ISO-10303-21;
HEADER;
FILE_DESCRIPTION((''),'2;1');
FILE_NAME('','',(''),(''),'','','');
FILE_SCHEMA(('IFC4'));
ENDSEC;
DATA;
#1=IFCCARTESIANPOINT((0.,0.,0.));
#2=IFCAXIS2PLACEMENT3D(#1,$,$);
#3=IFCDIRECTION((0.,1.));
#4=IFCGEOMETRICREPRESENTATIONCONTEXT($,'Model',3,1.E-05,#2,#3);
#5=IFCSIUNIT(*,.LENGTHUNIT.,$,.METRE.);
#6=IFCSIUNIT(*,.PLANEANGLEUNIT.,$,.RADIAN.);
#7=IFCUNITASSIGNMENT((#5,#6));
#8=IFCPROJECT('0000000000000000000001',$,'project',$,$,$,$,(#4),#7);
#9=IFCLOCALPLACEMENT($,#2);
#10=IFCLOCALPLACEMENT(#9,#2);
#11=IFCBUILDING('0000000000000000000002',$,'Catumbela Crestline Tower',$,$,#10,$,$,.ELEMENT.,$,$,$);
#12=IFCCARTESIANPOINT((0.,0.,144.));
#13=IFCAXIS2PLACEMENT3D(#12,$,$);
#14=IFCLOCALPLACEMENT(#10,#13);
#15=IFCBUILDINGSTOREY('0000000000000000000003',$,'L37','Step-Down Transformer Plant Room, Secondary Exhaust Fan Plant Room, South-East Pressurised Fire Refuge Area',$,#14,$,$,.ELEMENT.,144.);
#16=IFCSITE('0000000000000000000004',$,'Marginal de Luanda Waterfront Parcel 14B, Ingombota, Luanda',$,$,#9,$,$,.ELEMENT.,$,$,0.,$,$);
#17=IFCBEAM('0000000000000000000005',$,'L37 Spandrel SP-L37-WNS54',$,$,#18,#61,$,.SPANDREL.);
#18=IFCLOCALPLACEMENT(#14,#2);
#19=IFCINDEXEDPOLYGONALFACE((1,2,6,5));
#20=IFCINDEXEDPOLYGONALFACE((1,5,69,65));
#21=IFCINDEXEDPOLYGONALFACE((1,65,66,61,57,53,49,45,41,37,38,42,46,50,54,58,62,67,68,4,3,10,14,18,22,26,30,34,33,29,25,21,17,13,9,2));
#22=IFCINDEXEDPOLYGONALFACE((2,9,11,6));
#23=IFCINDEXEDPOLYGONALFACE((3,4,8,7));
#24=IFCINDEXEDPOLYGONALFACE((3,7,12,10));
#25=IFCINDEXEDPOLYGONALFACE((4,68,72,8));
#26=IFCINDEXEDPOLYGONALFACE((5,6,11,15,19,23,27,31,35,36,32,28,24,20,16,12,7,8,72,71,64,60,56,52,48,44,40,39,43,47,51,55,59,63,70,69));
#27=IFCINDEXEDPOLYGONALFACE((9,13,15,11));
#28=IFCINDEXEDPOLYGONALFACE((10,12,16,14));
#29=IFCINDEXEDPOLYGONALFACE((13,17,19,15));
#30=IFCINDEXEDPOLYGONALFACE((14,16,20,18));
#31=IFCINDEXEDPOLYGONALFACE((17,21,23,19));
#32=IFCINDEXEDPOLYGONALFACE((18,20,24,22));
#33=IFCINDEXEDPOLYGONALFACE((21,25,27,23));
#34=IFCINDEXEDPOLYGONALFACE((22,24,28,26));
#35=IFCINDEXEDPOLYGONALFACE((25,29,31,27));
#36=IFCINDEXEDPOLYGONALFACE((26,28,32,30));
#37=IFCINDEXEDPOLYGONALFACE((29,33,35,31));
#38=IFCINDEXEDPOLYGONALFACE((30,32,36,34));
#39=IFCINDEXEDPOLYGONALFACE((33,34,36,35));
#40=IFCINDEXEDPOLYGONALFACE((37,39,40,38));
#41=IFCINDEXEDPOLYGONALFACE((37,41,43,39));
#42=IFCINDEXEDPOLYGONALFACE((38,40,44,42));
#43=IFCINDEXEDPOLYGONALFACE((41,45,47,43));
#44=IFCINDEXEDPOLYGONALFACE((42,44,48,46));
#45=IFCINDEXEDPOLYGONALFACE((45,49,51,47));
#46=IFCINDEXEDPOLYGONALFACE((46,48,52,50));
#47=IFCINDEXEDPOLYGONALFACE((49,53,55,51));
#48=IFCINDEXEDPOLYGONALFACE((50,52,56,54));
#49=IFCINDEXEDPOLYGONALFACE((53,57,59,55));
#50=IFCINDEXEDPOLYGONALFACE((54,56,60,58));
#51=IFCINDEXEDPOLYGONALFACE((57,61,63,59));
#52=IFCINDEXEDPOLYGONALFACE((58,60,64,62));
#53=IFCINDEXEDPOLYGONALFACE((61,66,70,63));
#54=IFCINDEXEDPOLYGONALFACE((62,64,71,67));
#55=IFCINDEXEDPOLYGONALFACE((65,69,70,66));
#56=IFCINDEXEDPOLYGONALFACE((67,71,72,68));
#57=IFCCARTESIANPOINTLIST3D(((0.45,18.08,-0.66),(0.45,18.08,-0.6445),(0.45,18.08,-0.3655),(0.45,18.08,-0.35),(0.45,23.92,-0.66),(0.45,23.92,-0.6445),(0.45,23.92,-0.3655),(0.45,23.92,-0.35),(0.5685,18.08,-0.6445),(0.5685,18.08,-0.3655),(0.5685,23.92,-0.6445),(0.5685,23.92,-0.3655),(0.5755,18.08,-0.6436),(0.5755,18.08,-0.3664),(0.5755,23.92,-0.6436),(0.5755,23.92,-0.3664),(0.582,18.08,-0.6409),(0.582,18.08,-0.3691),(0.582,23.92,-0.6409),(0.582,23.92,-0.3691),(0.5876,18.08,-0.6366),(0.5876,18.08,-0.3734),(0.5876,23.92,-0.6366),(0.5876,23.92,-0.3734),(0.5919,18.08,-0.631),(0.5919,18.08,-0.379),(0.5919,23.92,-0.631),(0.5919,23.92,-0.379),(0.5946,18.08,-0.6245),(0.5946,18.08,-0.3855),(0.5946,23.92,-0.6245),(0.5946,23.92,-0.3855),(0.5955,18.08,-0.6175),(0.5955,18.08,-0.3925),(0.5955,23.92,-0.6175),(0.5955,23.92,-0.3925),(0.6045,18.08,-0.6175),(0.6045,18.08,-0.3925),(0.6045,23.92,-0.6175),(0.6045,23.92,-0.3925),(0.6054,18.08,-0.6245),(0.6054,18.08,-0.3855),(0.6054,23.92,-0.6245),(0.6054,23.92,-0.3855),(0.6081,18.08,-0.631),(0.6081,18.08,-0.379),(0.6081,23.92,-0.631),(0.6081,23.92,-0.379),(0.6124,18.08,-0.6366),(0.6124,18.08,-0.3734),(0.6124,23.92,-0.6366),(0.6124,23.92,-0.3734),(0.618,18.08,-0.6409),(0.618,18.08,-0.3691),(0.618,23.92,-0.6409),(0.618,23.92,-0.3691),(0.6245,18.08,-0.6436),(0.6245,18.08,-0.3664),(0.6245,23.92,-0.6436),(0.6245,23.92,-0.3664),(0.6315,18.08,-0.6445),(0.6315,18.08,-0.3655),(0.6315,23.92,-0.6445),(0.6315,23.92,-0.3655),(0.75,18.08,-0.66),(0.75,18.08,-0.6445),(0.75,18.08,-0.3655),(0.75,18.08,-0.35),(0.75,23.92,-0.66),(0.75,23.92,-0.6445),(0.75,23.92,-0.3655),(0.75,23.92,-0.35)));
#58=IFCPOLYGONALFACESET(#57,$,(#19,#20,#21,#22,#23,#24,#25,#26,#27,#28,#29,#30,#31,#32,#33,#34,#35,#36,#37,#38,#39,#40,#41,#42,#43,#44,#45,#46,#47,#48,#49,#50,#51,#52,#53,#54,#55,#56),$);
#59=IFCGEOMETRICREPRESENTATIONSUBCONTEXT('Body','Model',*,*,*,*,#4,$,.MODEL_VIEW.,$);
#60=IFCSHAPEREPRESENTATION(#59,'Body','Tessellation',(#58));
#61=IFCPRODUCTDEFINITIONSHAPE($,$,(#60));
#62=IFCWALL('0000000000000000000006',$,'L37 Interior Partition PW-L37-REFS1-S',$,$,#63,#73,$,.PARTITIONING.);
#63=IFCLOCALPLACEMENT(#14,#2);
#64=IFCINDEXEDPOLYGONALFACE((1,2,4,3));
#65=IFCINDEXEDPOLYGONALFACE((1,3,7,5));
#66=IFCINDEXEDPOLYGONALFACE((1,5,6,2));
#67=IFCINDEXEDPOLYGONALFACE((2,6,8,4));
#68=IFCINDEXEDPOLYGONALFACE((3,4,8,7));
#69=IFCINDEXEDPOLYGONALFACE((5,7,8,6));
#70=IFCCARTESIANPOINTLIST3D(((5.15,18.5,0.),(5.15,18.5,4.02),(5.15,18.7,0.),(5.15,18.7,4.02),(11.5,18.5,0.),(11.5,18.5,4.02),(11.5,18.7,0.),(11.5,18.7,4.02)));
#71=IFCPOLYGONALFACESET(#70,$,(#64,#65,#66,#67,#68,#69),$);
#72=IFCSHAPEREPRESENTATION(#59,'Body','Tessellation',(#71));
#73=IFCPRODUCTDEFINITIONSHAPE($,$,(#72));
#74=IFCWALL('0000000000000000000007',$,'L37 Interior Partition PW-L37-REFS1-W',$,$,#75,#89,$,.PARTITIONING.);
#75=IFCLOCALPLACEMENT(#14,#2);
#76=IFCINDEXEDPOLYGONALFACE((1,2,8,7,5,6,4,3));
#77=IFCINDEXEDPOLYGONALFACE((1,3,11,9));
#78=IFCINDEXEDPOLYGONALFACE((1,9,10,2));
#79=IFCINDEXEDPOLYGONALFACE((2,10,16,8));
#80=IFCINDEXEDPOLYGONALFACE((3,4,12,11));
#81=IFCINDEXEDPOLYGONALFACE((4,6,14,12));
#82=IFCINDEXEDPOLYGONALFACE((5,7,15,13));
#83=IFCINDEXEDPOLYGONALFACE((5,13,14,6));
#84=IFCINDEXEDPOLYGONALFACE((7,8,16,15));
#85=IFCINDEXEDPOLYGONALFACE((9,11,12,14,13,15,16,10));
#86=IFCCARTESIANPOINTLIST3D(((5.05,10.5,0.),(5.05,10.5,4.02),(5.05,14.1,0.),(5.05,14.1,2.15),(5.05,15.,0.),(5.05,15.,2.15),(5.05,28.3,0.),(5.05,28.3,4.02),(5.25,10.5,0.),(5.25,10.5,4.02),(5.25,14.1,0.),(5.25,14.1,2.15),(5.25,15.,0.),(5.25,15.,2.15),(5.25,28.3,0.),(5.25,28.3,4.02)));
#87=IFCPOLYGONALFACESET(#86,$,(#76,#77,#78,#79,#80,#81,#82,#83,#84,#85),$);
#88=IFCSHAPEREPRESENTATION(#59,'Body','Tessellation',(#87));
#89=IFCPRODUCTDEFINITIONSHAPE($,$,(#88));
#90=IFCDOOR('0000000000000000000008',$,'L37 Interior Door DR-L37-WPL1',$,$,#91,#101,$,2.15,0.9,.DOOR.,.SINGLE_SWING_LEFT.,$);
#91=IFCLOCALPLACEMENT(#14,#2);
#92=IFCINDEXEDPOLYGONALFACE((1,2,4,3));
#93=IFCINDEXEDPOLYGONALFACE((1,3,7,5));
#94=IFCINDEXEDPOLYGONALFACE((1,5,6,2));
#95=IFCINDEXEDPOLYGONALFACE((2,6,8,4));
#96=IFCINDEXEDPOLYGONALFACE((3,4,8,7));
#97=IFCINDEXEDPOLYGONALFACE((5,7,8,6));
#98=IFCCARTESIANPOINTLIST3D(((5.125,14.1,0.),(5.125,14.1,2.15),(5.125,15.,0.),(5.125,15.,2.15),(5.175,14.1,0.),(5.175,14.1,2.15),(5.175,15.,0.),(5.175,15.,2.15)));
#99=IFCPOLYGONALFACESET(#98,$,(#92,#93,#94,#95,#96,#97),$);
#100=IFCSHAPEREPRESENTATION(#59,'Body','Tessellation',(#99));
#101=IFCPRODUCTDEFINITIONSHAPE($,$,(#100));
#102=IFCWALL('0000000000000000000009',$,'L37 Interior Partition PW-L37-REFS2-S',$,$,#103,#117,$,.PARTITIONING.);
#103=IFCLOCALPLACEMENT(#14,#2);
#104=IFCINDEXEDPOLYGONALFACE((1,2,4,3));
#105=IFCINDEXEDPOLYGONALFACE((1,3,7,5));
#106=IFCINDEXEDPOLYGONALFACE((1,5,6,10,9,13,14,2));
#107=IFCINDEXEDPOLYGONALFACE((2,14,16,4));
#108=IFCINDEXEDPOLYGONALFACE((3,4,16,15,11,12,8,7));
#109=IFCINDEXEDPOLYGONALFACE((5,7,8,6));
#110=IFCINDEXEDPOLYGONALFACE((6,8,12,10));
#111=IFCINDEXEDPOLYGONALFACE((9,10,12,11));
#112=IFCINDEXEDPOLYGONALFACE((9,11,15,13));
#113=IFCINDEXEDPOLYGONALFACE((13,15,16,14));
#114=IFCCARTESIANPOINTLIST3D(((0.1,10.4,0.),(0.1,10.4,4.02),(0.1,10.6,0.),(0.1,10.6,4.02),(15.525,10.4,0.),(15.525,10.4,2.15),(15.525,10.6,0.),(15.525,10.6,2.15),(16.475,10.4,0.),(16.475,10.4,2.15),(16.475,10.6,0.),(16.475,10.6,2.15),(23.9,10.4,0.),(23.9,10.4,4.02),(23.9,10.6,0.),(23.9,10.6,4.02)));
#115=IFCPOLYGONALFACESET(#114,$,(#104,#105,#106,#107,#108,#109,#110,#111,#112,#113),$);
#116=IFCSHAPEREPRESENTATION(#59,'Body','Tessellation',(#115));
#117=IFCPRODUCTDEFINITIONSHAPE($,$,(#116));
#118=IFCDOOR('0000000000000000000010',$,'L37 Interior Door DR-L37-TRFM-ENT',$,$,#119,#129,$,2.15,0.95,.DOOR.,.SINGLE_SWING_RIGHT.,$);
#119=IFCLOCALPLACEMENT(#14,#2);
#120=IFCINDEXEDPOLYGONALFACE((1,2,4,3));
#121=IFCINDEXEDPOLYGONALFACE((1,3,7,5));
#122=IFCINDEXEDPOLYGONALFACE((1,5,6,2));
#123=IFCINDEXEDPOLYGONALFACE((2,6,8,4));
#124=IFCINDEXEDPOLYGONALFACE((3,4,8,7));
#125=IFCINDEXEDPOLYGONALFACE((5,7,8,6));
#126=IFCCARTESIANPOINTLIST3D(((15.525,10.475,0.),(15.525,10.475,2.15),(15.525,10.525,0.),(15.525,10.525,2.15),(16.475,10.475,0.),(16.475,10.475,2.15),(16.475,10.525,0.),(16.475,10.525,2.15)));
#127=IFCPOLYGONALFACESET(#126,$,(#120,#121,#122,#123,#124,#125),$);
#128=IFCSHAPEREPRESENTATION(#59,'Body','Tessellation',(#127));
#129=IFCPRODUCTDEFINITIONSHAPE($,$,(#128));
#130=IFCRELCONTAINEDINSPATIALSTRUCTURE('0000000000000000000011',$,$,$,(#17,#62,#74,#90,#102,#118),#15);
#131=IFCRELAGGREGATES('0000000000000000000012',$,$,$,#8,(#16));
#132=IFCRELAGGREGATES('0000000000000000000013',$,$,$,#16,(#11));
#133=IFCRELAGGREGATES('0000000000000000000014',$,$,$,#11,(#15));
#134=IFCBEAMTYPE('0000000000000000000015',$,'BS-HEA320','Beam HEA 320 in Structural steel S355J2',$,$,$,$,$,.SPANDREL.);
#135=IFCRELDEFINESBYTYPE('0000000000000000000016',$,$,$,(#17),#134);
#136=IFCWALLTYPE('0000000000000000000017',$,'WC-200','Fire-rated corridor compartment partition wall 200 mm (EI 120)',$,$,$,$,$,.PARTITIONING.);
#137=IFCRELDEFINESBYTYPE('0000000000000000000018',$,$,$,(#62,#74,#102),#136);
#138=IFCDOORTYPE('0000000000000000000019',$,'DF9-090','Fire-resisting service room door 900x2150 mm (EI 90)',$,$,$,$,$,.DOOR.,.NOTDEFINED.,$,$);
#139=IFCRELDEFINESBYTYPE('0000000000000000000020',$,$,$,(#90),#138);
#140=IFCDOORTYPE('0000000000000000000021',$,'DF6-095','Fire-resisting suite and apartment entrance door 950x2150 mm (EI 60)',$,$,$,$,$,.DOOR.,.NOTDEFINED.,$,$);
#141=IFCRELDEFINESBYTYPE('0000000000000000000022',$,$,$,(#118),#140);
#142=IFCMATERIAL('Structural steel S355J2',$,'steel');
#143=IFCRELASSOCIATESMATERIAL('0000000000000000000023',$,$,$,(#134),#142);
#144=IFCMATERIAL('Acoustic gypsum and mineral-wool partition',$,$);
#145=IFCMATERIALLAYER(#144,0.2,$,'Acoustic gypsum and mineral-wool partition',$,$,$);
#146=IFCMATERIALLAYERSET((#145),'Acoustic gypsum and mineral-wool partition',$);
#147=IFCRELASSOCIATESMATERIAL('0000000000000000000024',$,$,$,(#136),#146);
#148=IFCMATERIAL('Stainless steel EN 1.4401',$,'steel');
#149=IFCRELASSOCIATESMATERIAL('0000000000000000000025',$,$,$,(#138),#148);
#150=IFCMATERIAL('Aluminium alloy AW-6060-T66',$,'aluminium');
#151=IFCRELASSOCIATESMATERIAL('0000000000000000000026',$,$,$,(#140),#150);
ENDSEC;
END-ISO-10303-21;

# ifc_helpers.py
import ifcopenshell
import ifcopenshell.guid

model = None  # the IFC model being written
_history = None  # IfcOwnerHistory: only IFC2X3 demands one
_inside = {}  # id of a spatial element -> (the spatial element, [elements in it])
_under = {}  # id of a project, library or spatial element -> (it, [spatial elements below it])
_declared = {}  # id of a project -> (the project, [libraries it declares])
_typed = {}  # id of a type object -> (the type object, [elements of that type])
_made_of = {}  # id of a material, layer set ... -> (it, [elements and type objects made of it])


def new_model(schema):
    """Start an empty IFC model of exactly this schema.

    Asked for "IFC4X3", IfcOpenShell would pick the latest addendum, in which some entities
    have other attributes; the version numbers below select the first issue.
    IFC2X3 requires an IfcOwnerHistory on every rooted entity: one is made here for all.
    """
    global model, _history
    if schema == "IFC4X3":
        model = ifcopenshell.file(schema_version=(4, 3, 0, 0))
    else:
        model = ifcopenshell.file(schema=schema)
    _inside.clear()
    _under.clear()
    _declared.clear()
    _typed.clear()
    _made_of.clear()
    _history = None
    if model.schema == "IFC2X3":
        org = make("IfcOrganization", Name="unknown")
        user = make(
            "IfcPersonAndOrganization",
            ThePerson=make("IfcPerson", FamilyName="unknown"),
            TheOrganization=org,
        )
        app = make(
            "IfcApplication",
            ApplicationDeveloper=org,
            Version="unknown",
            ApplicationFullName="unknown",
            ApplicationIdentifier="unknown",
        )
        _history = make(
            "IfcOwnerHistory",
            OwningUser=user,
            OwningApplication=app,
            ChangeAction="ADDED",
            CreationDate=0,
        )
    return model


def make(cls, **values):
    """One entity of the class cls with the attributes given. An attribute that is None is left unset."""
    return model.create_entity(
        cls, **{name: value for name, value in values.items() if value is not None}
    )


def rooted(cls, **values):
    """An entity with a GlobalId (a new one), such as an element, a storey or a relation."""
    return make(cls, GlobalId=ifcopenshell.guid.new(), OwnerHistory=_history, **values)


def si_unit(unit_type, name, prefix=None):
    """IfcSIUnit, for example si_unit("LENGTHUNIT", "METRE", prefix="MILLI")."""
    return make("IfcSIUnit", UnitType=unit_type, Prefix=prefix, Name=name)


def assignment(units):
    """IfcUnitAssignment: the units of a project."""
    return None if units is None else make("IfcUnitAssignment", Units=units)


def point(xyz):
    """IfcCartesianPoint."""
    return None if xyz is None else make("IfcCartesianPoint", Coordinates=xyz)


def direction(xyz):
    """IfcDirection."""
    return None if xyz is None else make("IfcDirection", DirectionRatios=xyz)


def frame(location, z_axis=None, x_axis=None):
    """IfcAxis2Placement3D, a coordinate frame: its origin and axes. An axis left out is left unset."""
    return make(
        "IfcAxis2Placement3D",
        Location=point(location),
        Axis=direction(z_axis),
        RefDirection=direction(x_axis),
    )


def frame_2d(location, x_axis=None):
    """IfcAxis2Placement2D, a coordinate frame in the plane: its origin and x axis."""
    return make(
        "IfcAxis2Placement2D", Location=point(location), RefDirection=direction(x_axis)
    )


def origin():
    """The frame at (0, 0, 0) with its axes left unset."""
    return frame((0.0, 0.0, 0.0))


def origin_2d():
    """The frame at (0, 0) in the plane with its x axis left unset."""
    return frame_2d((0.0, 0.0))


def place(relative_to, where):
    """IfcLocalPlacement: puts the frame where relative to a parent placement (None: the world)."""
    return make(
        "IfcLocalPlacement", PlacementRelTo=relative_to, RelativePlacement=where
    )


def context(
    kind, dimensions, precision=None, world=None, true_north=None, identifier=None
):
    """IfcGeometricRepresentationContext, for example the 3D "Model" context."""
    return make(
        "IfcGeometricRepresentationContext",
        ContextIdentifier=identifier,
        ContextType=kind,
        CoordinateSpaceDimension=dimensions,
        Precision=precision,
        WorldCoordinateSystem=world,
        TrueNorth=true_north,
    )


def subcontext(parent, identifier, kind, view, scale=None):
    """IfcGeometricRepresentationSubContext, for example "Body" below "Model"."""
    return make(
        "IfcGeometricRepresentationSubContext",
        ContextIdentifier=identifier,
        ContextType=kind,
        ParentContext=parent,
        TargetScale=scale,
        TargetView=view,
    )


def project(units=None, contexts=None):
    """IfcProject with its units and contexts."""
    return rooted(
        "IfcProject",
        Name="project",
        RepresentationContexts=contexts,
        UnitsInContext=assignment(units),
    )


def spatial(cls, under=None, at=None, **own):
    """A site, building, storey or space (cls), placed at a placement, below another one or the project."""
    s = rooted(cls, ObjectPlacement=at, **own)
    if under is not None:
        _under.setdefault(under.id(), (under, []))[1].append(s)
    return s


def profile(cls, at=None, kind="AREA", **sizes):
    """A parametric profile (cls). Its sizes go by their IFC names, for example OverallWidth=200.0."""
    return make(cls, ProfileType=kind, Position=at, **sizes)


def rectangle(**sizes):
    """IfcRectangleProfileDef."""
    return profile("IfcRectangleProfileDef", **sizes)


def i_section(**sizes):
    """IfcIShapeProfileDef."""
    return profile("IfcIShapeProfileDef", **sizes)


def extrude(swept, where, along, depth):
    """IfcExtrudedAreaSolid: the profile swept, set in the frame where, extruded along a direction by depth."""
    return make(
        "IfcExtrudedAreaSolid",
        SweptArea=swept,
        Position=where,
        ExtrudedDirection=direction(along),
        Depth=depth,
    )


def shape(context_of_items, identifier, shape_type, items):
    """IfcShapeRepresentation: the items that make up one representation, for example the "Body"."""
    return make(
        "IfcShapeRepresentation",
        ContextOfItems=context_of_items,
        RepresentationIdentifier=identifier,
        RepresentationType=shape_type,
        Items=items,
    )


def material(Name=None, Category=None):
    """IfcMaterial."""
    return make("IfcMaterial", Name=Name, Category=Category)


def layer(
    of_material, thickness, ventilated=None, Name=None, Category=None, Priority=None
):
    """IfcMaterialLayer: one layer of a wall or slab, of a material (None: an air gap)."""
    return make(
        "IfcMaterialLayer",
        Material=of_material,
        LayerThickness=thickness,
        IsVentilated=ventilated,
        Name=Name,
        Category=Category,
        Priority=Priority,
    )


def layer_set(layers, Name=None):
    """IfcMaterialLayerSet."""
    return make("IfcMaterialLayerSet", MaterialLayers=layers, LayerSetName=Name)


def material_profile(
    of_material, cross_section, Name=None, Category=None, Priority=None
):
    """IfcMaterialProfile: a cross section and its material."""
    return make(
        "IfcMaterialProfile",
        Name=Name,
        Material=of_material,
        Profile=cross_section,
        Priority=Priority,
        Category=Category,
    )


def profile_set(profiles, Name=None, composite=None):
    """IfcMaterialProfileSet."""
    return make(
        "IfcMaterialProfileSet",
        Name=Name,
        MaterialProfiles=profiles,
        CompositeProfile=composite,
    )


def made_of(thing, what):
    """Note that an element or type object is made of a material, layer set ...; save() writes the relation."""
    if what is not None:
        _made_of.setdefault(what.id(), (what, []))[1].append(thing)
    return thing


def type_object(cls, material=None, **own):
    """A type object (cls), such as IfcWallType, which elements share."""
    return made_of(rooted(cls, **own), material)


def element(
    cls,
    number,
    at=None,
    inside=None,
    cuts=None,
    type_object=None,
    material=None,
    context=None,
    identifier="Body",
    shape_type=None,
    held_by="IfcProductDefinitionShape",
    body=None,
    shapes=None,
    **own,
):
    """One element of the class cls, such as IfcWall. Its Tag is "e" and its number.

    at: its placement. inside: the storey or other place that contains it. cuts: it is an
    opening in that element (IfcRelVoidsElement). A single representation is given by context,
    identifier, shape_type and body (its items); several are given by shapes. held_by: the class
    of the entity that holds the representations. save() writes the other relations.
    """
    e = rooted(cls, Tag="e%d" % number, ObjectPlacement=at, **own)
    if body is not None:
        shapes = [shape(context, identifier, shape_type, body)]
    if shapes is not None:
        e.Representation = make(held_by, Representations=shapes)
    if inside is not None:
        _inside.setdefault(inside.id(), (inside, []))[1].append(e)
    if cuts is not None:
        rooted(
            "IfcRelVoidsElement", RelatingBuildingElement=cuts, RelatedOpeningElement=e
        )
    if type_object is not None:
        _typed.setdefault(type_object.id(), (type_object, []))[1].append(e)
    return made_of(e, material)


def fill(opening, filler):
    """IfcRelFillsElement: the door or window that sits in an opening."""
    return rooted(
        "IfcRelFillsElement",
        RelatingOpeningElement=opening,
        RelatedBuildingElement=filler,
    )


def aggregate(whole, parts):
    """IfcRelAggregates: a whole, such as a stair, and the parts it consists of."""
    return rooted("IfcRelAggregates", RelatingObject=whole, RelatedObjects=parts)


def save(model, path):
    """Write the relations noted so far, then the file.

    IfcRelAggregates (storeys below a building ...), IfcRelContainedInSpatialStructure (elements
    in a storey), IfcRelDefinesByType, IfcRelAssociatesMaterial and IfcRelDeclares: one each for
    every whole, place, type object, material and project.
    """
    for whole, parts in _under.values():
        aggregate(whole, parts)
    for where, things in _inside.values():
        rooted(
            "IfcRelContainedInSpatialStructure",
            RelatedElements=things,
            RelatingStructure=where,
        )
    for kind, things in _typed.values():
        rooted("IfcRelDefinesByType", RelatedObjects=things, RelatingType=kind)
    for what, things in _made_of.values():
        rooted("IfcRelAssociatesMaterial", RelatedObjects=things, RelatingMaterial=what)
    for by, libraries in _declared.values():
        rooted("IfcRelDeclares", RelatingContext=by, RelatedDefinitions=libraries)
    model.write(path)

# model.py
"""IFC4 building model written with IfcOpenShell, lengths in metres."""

from ifc_helpers import new_model, si_unit, direction, frame, frame_2d, origin, origin_2d, place, context, subcontext, project, spatial, rectangle, i_section, extrude, material, layer, layer_set, material_profile, profile_set, type_object, element, fill, save


model = new_model("IFC4")

# Units and contexts
model_context = context("Model", 3, precision=1e-05, world=origin(), true_north=direction((0.0, 1.0)))
body_context = subcontext(model_context, "Body", "Model", "MODEL_VIEW")
ifc_project = project(units=[si_unit("LENGTHUNIT", "METRE"), si_unit("PLANEANGLEUNIT", "RADIAN")], contexts=[model_context])

# Site, building, storey
site_placement = place(None, origin())
site = spatial("IfcSite", under=ifc_project, at=site_placement, Name="Marginal de Luanda Waterfront Parcel 14B, Ingombota, Luanda", CompositionType="ELEMENT", RefElevation=0.0)
building_placement = place(site_placement, origin())
building = spatial("IfcBuilding", under=site, at=building_placement, Name="Catumbela Crestline Tower", CompositionType="ELEMENT")
storey_placement = place(building_placement, frame((0.0, 0.0, 144.0)))
storey = spatial("IfcBuildingStorey", under=building, at=storey_placement, Name="L37", Description="Step-Down Transformer Plant Room, Secondary Exhaust Fan Plant Room, South-East Pressurised Fire Refuge Area", CompositionType="ELEMENT", Elevation=144.0)

# Beam
ifc_material_1 = material(Name="Structural steel S355J2", Category="steel")
ifc_material_profile_1 = material_profile(ifc_material_1, i_section(OverallWidth=0.3, OverallDepth=0.31, WebThickness=0.009, FlangeThickness=0.0155, FilletRadius=0.027, at=origin_2d()), Name="HEA 320")
ifc_profile_set_1 = profile_set([ifc_material_profile_1], Name="Structural steel S355J2")
beam_type_1 = type_object("IfcBeamType", Name="BS-HEA320", Description="Beam HEA 320 in Structural steel S355J2", PredefinedType="SPANDREL", material=ifc_profile_set_1)
beam_1_placement = place(storey_placement, frame((0.6, 18.08, -0.505), z_axis=(0.0, 1.0, 0.0), x_axis=(-1.0, 0.0, 0.0)))
element("IfcBeam", 1, at=beam_1_placement, inside=storey, type_object=beam_type_1, Name="L37 Spandrel SP-L37-WNS54", PredefinedType="SPANDREL", context=body_context, shape_type="SweptSolid", body=[
    extrude(i_section(OverallWidth=0.3, OverallDepth=0.31, WebThickness=0.009, FlangeThickness=0.0155, FilletRadius=0.027, at=origin_2d()), origin(), (0.0, 0.0, 1.0), 5.84),
])

# Wall
ifc_material_2 = material(Name="Acoustic gypsum and mineral-wool partition")
ifc_layer = layer(ifc_material_2, 0.2, Name="Acoustic gypsum and mineral-wool partition")
ifc_layer_set = layer_set([ifc_layer], Name="Acoustic gypsum and mineral-wool partition")
wall_type = type_object("IfcWallType", Name="WC-200", Description="Fire-rated corridor compartment partition wall 200 mm (EI 120)", PredefinedType="PARTITIONING", material=ifc_layer_set)
wall_1_placement = place(storey_placement, frame((5.15, 18.6, 0.0), z_axis=(0.0, 0.0, 1.0), x_axis=(1.0, 0.0, 0.0)))
element("IfcWall", 2, at=wall_1_placement, inside=storey, type_object=wall_type, Name="L37 Interior Partition PW-L37-REFS1-S", PredefinedType="PARTITIONING", context=body_context, shape_type="SweptSolid", body=[
    extrude(rectangle(XDim=6.35, YDim=0.2, at=frame_2d((3.175, 0.0))), origin(), (0.0, 0.0, 1.0), 4.02),
])

# Walls, openings, doors
wall_2_placement = place(storey_placement, frame((5.15, 10.5, 0.0), z_axis=(0.0, 0.0, 1.0), x_axis=(0.0, 1.0, 0.0)))
wall_2 = element("IfcWall", 3, at=wall_2_placement, inside=storey, type_object=wall_type, Name="L37 Interior Partition PW-L37-REFS1-W", PredefinedType="PARTITIONING", context=body_context, shape_type="SweptSolid", body=[
    extrude(rectangle(XDim=17.8, YDim=0.2, at=frame_2d((8.9, 0.0))), origin(), (0.0, 0.0, 1.0), 4.02),
])
opening_1_placement = place(wall_2_placement, frame((3.6, 0.0, 0.0)))
opening_1 = element("IfcOpeningElement", 4, at=opening_1_placement, cuts=wall_2, PredefinedType="OPENING", context=body_context, shape_type="SweptSolid", body=[
    extrude(rectangle(XDim=0.9, YDim=2.15, at=frame_2d((0.45, 1.075))), frame((0.0, 0.11, 0.0), z_axis=(0.0, -1.0, 0.0), x_axis=(1.0, 0.0, 0.0)), (0.0, 0.0, 1.0), 0.22),
])
ifc_material_3 = material(Name="Stainless steel EN 1.4401", Category="steel")
door_type_1 = type_object("IfcDoorType", Name="DF9-090", Description="Fire-resisting service room door 900x2150 mm (EI 90)", OperationType="NOTDEFINED", PredefinedType="DOOR", material=ifc_material_3)
door_1_placement = place(opening_1_placement, origin())
door_1 = element("IfcDoor", 5, at=door_1_placement, inside=storey, type_object=door_type_1, Name="L37 Interior Door DR-L37-WPL1", OperationType="SINGLE_SWING_LEFT", OverallHeight=2.15, OverallWidth=0.9, PredefinedType="DOOR", context=body_context, shape_type="SweptSolid", body=[
    extrude(rectangle(XDim=0.9, YDim=2.15, at=frame_2d((0.45, 1.075))), frame((0.0, 0.025, 0.0), z_axis=(0.0, -1.0, 0.0), x_axis=(1.0, 0.0, 0.0)), (0.0, 0.0, 1.0), 0.05),
])
fill(opening_1, door_1)
wall_3_placement = place(storey_placement, frame((0.1, 10.5, 0.0), z_axis=(0.0, 0.0, 1.0), x_axis=(1.0, 0.0, 0.0)))
wall_3 = element("IfcWall", 6, at=wall_3_placement, inside=storey, type_object=wall_type, Name="L37 Interior Partition PW-L37-REFS2-S", PredefinedType="PARTITIONING", context=body_context, shape_type="SweptSolid", body=[
    extrude(rectangle(XDim=23.8, YDim=0.2, at=frame_2d((11.9, 0.0))), origin(), (0.0, 0.0, 1.0), 4.02),
])
opening_2_placement = place(wall_3_placement, frame((15.425, 0.0, 0.0)))
opening_2 = element("IfcOpeningElement", 7, at=opening_2_placement, cuts=wall_3, PredefinedType="OPENING", context=body_context, shape_type="SweptSolid", body=[
    extrude(rectangle(XDim=0.95, YDim=2.15, at=frame_2d((0.475, 1.075))), frame((0.0, 0.11, 0.0), z_axis=(0.0, -1.0, 0.0), x_axis=(1.0, 0.0, 0.0)), (0.0, 0.0, 1.0), 0.22),
])
ifc_material_4 = material(Name="Aluminium alloy AW-6060-T66", Category="aluminium")
door_type_2 = type_object("IfcDoorType", Name="DF6-095", Description="Fire-resisting suite and apartment entrance door 950x2150 mm (EI 60)", OperationType="NOTDEFINED", PredefinedType="DOOR", material=ifc_material_4)
door_2_placement = place(opening_2_placement, origin())
door_2 = element("IfcDoor", 8, at=door_2_placement, inside=storey, type_object=door_type_2, Name="L37 Interior Door DR-L37-TRFM-ENT", OperationType="SINGLE_SWING_RIGHT", OverallHeight=2.15, OverallWidth=0.95, PredefinedType="DOOR", context=body_context, shape_type="SweptSolid", body=[
    extrude(rectangle(XDim=0.95, YDim=2.15, at=frame_2d((0.475, 1.075))), frame((0.0, 0.025, 0.0), z_axis=(0.0, -1.0, 0.0), x_axis=(1.0, 0.0, 0.0)), (0.0, 0.0, 1.0), 0.05),
])
fill(opening_2, door_2)

save(model, "model.ifc")
